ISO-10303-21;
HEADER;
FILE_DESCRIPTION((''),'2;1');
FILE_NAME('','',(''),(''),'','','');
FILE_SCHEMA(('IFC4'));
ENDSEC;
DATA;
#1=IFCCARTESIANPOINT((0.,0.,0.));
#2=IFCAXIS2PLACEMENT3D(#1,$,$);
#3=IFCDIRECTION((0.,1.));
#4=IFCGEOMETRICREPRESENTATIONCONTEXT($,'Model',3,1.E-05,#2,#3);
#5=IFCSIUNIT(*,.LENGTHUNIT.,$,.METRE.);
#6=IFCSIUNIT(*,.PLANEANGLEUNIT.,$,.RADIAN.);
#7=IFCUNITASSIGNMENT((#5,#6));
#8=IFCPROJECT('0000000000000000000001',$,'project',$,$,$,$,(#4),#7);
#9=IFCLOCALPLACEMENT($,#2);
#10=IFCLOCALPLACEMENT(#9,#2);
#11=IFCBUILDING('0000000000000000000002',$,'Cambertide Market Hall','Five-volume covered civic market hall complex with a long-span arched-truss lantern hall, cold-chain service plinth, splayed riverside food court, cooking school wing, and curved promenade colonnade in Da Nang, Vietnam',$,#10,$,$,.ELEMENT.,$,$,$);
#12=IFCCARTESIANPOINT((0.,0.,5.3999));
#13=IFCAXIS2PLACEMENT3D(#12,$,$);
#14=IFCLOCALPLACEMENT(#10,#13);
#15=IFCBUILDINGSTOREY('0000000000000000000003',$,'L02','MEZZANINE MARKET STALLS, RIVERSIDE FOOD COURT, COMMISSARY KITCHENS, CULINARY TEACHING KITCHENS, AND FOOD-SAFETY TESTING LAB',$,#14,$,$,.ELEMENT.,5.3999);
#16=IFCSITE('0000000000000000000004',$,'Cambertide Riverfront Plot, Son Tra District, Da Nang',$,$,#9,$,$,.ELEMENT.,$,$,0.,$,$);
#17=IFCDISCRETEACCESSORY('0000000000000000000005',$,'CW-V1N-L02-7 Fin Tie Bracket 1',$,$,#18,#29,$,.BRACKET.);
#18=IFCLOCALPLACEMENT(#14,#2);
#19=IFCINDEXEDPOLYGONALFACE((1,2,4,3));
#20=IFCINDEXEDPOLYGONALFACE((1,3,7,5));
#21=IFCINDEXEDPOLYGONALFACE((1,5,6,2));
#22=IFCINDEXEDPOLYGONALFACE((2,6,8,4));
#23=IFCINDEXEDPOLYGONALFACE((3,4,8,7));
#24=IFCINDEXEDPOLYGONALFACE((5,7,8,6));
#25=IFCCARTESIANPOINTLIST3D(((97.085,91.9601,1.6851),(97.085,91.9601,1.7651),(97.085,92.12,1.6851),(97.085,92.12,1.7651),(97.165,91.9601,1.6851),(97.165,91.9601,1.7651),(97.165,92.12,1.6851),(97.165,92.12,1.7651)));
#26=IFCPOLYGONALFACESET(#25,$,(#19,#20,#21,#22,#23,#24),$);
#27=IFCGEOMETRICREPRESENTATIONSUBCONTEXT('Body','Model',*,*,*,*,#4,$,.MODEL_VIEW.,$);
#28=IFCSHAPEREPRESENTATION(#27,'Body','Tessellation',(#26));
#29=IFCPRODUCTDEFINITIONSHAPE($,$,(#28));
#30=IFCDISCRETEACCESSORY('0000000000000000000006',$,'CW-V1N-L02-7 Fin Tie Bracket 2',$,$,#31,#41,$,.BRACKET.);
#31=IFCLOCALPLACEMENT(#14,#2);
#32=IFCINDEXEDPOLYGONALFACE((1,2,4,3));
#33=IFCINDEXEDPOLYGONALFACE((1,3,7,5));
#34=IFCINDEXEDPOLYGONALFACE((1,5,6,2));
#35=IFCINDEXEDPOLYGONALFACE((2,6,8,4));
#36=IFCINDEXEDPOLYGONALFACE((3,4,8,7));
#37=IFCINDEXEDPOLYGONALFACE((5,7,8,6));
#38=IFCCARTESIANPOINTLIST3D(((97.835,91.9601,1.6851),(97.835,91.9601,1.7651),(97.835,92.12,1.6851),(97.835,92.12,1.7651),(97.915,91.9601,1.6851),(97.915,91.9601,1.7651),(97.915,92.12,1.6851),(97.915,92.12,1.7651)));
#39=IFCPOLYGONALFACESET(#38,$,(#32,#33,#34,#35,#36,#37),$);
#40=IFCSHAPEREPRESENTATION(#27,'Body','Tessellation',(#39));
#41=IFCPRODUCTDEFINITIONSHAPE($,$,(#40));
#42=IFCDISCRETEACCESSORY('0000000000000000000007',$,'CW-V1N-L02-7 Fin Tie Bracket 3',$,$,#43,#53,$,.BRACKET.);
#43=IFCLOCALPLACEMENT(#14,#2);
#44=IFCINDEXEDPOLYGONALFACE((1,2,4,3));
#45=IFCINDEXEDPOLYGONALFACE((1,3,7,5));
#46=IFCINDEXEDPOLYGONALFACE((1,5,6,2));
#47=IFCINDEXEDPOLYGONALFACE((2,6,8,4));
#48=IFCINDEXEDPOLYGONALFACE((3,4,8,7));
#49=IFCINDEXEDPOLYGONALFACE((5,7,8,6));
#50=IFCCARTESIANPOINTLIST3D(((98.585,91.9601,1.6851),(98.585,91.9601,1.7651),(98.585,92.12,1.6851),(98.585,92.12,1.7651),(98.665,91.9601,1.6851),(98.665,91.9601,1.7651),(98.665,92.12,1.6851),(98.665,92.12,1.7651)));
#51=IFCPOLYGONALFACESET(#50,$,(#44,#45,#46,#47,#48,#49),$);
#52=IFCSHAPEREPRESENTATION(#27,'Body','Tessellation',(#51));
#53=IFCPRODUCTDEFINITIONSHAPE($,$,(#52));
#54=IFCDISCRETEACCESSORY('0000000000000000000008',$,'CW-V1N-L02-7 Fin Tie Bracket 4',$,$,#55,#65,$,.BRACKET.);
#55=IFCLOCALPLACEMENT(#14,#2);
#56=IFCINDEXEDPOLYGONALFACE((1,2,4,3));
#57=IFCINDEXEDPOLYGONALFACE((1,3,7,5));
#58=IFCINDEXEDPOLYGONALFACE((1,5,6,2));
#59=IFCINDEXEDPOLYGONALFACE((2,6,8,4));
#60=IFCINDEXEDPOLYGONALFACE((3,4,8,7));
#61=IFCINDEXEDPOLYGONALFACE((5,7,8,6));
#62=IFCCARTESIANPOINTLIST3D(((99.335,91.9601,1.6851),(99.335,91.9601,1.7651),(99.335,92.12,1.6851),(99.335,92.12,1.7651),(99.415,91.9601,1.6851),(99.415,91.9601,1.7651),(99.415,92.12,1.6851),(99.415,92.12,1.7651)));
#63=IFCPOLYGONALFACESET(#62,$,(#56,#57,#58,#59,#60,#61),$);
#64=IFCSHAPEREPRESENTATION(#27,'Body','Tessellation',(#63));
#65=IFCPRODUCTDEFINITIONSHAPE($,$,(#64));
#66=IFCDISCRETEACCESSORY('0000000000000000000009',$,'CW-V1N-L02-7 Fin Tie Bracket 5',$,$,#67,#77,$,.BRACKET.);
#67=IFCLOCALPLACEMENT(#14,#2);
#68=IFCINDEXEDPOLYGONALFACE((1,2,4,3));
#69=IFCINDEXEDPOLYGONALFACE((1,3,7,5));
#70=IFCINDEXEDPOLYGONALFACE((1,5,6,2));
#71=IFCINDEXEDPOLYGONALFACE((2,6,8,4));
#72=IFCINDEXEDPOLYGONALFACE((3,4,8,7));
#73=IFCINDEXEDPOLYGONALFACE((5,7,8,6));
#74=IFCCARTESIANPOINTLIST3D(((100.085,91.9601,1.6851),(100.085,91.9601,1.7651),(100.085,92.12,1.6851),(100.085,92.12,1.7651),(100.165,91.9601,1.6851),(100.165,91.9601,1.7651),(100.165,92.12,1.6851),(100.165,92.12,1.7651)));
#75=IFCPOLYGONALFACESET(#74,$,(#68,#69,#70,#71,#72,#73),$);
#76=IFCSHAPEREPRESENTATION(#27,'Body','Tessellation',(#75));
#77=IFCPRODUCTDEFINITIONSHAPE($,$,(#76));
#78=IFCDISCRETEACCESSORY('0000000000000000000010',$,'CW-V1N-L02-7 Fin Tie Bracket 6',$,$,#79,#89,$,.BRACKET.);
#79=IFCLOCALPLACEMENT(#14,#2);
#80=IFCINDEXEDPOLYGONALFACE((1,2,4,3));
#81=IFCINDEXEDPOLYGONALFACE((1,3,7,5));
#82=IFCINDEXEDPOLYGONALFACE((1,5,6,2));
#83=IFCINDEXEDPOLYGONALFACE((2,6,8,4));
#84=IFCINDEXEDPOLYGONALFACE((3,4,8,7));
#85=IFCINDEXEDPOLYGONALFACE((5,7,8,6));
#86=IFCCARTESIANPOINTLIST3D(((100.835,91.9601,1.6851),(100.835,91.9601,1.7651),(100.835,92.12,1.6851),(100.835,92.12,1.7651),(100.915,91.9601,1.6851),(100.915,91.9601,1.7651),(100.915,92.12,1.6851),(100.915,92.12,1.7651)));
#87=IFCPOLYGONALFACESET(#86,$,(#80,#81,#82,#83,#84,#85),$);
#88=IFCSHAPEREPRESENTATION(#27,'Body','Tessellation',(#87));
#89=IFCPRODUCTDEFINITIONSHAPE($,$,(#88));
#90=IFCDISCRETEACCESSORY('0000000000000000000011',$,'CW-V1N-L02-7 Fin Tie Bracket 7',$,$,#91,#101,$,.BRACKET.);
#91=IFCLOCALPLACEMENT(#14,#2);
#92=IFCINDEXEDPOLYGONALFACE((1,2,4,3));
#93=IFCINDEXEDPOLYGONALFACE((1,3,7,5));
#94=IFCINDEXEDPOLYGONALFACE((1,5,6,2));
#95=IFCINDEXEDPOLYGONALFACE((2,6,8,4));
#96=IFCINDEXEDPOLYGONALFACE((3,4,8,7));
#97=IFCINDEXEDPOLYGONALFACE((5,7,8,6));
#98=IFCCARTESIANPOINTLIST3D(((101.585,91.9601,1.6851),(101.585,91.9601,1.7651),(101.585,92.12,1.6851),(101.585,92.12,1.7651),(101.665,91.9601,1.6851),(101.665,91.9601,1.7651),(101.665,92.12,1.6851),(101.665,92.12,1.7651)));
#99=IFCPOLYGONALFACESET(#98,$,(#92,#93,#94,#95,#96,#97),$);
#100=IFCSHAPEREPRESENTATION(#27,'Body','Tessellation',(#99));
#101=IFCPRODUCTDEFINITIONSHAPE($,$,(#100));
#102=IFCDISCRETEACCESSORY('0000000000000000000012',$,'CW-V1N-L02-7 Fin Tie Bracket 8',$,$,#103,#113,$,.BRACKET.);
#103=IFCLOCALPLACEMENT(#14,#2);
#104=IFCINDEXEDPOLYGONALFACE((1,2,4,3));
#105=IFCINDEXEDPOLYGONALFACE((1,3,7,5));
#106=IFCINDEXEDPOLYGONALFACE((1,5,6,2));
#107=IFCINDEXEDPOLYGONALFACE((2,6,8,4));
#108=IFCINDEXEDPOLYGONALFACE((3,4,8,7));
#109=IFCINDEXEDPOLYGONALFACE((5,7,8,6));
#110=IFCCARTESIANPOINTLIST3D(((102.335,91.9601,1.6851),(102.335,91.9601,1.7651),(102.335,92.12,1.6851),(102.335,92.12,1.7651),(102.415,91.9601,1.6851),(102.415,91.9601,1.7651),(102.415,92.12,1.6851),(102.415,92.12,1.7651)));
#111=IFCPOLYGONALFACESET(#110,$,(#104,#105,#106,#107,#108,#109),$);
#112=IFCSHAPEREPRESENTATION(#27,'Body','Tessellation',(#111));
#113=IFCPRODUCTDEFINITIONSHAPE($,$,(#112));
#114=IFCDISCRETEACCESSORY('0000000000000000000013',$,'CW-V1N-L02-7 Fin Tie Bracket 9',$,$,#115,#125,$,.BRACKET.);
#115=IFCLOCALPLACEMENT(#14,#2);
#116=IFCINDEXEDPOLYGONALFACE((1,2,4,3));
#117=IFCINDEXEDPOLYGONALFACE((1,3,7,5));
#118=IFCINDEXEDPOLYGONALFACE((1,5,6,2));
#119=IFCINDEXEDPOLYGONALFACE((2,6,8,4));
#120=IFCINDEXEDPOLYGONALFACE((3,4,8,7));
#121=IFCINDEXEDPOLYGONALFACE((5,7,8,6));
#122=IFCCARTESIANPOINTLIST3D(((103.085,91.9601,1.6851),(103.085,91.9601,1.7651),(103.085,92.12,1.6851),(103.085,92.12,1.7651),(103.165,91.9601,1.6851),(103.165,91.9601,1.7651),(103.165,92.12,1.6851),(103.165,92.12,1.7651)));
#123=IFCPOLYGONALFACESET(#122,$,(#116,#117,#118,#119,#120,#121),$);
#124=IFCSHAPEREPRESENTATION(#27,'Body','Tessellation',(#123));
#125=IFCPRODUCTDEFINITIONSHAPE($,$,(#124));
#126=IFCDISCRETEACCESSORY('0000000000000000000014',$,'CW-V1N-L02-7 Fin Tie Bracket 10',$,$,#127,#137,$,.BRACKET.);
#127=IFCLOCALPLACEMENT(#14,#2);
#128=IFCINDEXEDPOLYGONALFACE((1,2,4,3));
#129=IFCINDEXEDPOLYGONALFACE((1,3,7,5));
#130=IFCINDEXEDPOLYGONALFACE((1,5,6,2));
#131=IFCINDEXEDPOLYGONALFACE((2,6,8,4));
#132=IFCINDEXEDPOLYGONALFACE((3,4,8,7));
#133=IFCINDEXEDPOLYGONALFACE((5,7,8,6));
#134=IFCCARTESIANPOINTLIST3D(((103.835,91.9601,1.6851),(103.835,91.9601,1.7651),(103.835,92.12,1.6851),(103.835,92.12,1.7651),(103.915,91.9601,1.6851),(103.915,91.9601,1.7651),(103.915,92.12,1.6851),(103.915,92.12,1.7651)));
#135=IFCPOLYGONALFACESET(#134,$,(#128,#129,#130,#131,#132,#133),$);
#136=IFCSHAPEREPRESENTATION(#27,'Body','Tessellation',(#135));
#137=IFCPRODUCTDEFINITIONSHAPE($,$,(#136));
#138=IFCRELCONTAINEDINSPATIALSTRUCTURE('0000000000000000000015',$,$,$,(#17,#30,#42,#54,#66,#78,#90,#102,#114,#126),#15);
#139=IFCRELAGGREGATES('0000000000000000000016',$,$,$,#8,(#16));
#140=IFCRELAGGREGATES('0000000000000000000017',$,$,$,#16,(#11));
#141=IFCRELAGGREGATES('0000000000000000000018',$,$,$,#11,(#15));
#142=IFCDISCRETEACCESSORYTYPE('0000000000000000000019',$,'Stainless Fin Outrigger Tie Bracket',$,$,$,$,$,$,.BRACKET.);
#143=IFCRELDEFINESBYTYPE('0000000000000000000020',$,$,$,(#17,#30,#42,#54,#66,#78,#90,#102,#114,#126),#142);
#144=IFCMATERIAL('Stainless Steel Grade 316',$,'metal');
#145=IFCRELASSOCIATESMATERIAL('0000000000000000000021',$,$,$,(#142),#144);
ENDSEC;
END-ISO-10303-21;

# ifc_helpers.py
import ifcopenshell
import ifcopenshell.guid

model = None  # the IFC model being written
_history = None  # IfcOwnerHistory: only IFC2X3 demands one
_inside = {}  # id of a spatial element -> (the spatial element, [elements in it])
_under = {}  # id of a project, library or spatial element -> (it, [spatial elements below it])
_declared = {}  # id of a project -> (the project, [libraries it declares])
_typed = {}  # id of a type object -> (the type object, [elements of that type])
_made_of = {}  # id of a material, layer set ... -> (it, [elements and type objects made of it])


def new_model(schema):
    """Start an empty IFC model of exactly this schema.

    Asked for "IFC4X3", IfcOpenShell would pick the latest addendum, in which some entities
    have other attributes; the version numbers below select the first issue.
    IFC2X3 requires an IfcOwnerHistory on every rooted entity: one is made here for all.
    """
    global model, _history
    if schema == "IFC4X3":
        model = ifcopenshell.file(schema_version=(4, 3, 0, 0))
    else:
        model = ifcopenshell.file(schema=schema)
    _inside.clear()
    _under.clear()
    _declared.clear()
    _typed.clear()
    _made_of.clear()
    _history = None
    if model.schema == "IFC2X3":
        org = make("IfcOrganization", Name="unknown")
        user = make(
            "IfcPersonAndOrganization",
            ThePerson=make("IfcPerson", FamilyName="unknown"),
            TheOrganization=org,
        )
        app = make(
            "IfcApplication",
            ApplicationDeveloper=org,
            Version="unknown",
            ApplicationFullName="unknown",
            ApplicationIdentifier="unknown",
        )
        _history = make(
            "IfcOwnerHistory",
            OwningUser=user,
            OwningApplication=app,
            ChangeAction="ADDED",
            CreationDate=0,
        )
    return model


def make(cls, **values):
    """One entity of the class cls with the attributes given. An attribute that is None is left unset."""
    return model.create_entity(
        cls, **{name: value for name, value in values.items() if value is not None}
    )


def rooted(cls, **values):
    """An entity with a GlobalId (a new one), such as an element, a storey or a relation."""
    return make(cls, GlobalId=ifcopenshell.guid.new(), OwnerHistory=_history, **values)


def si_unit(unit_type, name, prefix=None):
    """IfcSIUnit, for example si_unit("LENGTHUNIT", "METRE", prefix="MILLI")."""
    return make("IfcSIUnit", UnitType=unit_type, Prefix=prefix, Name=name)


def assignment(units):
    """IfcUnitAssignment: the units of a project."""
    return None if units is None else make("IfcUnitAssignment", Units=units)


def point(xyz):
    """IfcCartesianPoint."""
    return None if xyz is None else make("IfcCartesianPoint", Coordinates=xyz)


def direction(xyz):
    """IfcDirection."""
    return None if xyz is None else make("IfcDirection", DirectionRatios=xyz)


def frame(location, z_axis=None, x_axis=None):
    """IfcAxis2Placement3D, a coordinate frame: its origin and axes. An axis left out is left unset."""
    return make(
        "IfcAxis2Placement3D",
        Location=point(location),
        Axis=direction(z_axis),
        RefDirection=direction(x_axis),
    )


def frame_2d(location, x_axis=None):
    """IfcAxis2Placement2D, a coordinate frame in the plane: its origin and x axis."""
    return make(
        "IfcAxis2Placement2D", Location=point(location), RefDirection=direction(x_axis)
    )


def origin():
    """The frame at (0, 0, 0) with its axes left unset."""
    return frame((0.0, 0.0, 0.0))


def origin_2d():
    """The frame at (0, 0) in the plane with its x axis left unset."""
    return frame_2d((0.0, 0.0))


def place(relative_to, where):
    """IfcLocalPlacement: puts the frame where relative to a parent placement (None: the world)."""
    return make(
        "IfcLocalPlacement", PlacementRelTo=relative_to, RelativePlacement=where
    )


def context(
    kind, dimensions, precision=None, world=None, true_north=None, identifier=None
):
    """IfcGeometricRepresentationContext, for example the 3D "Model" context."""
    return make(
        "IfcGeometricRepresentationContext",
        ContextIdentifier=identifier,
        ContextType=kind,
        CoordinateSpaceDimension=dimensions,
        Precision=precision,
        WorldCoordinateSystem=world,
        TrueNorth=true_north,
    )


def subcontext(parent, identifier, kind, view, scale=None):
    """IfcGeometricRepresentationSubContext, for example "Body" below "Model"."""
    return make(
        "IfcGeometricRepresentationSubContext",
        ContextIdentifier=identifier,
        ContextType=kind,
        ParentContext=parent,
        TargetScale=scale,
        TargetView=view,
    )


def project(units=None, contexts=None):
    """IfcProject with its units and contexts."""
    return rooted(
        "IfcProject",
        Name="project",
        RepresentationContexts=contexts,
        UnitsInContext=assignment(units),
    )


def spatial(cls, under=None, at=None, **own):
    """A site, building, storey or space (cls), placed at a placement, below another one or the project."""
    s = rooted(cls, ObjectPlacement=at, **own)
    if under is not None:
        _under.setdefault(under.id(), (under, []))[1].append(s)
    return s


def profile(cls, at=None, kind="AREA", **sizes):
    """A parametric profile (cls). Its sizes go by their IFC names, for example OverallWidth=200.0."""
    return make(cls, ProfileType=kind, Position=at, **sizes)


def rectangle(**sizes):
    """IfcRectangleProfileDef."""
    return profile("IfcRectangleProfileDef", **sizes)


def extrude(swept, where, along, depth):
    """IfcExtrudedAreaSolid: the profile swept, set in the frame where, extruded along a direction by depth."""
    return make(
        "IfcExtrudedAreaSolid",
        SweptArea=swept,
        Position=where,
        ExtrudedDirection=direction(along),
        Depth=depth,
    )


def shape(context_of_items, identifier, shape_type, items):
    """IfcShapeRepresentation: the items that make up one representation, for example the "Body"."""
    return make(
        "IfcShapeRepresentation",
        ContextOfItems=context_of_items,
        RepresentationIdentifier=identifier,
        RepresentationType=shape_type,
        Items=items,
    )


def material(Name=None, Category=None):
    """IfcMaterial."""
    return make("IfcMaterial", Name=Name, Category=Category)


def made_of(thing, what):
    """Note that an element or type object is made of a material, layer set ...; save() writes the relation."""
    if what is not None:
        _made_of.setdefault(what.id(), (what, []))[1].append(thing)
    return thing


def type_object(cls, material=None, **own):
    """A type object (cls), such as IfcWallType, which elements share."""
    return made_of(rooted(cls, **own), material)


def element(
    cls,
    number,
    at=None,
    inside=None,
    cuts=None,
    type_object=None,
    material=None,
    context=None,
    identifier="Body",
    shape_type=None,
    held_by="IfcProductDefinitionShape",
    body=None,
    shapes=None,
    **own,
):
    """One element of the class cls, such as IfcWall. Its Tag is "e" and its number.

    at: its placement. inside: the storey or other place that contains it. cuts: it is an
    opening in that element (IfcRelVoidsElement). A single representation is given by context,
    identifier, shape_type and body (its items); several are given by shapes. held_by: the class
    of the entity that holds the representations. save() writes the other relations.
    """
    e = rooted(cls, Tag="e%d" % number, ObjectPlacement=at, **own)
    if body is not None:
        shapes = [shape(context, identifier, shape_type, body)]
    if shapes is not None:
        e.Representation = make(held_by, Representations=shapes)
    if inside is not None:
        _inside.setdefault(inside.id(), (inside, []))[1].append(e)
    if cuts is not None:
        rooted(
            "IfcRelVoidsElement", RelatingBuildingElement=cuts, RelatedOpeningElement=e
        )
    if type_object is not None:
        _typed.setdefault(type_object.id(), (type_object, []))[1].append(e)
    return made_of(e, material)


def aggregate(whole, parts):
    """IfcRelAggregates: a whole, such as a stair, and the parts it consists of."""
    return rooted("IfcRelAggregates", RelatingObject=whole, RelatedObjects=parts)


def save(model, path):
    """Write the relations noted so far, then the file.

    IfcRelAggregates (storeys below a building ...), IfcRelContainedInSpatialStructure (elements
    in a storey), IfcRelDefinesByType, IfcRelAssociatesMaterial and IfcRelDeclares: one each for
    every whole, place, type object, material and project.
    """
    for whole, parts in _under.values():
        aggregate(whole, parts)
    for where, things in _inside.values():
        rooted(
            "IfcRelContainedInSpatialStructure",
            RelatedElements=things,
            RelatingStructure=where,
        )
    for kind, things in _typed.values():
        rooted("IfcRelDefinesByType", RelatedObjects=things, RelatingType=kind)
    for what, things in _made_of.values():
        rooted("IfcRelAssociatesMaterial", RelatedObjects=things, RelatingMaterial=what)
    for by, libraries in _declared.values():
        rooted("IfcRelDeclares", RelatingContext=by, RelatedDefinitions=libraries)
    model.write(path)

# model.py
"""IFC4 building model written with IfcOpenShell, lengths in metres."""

from ifc_helpers import new_model, si_unit, direction, frame, origin, origin_2d, place, context, subcontext, project, spatial, rectangle, extrude, material, type_object, element, save


model = new_model("IFC4")

# Units and contexts
model_context = context("Model", 3, precision=1e-05, world=origin(), true_north=direction((0.0, 1.0)))
body_context = subcontext(model_context, "Body", "Model", "MODEL_VIEW")
ifc_project = project(units=[si_unit("LENGTHUNIT", "METRE"), si_unit("PLANEANGLEUNIT", "RADIAN")], contexts=[model_context])

# Site, building, storey
site_placement = place(None, origin())
site = spatial("IfcSite", under=ifc_project, at=site_placement, Name="Cambertide Riverfront Plot, Son Tra District, Da Nang", CompositionType="ELEMENT", RefElevation=0.0)
building_placement = place(site_placement, origin())
building = spatial("IfcBuilding", under=site, at=building_placement, Name="Cambertide Market Hall", Description="Five-volume covered civic market hall complex with a long-span arched-truss lantern hall, cold-chain service plinth, splayed riverside food court, cooking school wing, and curved promenade colonnade in Da Nang, Vietnam", CompositionType="ELEMENT")
storey_placement = place(building_placement, frame((0.0, 0.0, 5.3999)))
storey = spatial("IfcBuildingStorey", under=building, at=storey_placement, Name="L02", Description="MEZZANINE MARKET STALLS, RIVERSIDE FOOD COURT, COMMISSARY KITCHENS, CULINARY TEACHING KITCHENS, AND FOOD-SAFETY TESTING LAB", CompositionType="ELEMENT", Elevation=5.3999)

# Discrete accessories
ifc_material_1 = material(Name="Stainless Steel Grade 316", Category="metal")
discrete_accessory_type = type_object("IfcDiscreteAccessoryType", Name="Stainless Fin Outrigger Tie Bracket", PredefinedType="BRACKET", material=ifc_material_1)
for number, where, z_axis, x_axis, name in (
    (1, (97.125, 92.04, 1.6851), (0.0, 0.0, 1.0), (1.0, 0.0, 0.0), "CW-V1N-L02-7 Fin Tie Bracket 1"),
    (2, (97.875, 92.04, 1.6851), (0.0, 0.0, 1.0), (1.0, 0.0, 0.0), "CW-V1N-L02-7 Fin Tie Bracket 2"),
    (3, (98.625, 92.04, 1.6851), (0.0, 0.0, 1.0), (1.0, 0.0, 0.0), "CW-V1N-L02-7 Fin Tie Bracket 3"),
    (4, (99.375, 92.04, 1.6851), (0.0, 0.0, 1.0), (1.0, 0.0, 0.0), "CW-V1N-L02-7 Fin Tie Bracket 4"),
    (5, (100.125, 92.04, 1.6851), (0.0, 0.0, 1.0), (1.0, 0.0, 0.0), "CW-V1N-L02-7 Fin Tie Bracket 5"),
    (6, (100.875, 92.04, 1.6851), (0.0, 0.0, 1.0), (1.0, 0.0, 0.0), "CW-V1N-L02-7 Fin Tie Bracket 6"),
    (7, (101.625, 92.04, 1.6851), (0.0, 0.0, 1.0), (1.0, 0.0, 0.0), "CW-V1N-L02-7 Fin Tie Bracket 7"),
    (8, (102.375, 92.04, 1.6851), (0.0, 0.0, 1.0), (1.0, 0.0, 0.0), "CW-V1N-L02-7 Fin Tie Bracket 8"),
    (9, (103.125, 92.04, 1.6851), (0.0, 0.0, 1.0), (1.0, 0.0, 0.0), "CW-V1N-L02-7 Fin Tie Bracket 9"),
    (10, (103.875, 92.04, 1.6851), (0.0, 0.0, 1.0), (1.0, 0.0, 0.0), "CW-V1N-L02-7 Fin Tie Bracket 10"),
):
    element("IfcDiscreteAccessory", number, at=place(storey_placement, frame(where, z_axis=z_axis, x_axis=x_axis)), inside=storey, type_object=discrete_accessory_type, Name=name, PredefinedType="BRACKET", context=body_context, shape_type="SweptSolid", body=[
        extrude(rectangle(XDim=0.0801, YDim=0.1599, at=origin_2d()), origin(), (0.0, 0.0, 1.0), 0.0801),
    ])

save(model, "model.ifc")
